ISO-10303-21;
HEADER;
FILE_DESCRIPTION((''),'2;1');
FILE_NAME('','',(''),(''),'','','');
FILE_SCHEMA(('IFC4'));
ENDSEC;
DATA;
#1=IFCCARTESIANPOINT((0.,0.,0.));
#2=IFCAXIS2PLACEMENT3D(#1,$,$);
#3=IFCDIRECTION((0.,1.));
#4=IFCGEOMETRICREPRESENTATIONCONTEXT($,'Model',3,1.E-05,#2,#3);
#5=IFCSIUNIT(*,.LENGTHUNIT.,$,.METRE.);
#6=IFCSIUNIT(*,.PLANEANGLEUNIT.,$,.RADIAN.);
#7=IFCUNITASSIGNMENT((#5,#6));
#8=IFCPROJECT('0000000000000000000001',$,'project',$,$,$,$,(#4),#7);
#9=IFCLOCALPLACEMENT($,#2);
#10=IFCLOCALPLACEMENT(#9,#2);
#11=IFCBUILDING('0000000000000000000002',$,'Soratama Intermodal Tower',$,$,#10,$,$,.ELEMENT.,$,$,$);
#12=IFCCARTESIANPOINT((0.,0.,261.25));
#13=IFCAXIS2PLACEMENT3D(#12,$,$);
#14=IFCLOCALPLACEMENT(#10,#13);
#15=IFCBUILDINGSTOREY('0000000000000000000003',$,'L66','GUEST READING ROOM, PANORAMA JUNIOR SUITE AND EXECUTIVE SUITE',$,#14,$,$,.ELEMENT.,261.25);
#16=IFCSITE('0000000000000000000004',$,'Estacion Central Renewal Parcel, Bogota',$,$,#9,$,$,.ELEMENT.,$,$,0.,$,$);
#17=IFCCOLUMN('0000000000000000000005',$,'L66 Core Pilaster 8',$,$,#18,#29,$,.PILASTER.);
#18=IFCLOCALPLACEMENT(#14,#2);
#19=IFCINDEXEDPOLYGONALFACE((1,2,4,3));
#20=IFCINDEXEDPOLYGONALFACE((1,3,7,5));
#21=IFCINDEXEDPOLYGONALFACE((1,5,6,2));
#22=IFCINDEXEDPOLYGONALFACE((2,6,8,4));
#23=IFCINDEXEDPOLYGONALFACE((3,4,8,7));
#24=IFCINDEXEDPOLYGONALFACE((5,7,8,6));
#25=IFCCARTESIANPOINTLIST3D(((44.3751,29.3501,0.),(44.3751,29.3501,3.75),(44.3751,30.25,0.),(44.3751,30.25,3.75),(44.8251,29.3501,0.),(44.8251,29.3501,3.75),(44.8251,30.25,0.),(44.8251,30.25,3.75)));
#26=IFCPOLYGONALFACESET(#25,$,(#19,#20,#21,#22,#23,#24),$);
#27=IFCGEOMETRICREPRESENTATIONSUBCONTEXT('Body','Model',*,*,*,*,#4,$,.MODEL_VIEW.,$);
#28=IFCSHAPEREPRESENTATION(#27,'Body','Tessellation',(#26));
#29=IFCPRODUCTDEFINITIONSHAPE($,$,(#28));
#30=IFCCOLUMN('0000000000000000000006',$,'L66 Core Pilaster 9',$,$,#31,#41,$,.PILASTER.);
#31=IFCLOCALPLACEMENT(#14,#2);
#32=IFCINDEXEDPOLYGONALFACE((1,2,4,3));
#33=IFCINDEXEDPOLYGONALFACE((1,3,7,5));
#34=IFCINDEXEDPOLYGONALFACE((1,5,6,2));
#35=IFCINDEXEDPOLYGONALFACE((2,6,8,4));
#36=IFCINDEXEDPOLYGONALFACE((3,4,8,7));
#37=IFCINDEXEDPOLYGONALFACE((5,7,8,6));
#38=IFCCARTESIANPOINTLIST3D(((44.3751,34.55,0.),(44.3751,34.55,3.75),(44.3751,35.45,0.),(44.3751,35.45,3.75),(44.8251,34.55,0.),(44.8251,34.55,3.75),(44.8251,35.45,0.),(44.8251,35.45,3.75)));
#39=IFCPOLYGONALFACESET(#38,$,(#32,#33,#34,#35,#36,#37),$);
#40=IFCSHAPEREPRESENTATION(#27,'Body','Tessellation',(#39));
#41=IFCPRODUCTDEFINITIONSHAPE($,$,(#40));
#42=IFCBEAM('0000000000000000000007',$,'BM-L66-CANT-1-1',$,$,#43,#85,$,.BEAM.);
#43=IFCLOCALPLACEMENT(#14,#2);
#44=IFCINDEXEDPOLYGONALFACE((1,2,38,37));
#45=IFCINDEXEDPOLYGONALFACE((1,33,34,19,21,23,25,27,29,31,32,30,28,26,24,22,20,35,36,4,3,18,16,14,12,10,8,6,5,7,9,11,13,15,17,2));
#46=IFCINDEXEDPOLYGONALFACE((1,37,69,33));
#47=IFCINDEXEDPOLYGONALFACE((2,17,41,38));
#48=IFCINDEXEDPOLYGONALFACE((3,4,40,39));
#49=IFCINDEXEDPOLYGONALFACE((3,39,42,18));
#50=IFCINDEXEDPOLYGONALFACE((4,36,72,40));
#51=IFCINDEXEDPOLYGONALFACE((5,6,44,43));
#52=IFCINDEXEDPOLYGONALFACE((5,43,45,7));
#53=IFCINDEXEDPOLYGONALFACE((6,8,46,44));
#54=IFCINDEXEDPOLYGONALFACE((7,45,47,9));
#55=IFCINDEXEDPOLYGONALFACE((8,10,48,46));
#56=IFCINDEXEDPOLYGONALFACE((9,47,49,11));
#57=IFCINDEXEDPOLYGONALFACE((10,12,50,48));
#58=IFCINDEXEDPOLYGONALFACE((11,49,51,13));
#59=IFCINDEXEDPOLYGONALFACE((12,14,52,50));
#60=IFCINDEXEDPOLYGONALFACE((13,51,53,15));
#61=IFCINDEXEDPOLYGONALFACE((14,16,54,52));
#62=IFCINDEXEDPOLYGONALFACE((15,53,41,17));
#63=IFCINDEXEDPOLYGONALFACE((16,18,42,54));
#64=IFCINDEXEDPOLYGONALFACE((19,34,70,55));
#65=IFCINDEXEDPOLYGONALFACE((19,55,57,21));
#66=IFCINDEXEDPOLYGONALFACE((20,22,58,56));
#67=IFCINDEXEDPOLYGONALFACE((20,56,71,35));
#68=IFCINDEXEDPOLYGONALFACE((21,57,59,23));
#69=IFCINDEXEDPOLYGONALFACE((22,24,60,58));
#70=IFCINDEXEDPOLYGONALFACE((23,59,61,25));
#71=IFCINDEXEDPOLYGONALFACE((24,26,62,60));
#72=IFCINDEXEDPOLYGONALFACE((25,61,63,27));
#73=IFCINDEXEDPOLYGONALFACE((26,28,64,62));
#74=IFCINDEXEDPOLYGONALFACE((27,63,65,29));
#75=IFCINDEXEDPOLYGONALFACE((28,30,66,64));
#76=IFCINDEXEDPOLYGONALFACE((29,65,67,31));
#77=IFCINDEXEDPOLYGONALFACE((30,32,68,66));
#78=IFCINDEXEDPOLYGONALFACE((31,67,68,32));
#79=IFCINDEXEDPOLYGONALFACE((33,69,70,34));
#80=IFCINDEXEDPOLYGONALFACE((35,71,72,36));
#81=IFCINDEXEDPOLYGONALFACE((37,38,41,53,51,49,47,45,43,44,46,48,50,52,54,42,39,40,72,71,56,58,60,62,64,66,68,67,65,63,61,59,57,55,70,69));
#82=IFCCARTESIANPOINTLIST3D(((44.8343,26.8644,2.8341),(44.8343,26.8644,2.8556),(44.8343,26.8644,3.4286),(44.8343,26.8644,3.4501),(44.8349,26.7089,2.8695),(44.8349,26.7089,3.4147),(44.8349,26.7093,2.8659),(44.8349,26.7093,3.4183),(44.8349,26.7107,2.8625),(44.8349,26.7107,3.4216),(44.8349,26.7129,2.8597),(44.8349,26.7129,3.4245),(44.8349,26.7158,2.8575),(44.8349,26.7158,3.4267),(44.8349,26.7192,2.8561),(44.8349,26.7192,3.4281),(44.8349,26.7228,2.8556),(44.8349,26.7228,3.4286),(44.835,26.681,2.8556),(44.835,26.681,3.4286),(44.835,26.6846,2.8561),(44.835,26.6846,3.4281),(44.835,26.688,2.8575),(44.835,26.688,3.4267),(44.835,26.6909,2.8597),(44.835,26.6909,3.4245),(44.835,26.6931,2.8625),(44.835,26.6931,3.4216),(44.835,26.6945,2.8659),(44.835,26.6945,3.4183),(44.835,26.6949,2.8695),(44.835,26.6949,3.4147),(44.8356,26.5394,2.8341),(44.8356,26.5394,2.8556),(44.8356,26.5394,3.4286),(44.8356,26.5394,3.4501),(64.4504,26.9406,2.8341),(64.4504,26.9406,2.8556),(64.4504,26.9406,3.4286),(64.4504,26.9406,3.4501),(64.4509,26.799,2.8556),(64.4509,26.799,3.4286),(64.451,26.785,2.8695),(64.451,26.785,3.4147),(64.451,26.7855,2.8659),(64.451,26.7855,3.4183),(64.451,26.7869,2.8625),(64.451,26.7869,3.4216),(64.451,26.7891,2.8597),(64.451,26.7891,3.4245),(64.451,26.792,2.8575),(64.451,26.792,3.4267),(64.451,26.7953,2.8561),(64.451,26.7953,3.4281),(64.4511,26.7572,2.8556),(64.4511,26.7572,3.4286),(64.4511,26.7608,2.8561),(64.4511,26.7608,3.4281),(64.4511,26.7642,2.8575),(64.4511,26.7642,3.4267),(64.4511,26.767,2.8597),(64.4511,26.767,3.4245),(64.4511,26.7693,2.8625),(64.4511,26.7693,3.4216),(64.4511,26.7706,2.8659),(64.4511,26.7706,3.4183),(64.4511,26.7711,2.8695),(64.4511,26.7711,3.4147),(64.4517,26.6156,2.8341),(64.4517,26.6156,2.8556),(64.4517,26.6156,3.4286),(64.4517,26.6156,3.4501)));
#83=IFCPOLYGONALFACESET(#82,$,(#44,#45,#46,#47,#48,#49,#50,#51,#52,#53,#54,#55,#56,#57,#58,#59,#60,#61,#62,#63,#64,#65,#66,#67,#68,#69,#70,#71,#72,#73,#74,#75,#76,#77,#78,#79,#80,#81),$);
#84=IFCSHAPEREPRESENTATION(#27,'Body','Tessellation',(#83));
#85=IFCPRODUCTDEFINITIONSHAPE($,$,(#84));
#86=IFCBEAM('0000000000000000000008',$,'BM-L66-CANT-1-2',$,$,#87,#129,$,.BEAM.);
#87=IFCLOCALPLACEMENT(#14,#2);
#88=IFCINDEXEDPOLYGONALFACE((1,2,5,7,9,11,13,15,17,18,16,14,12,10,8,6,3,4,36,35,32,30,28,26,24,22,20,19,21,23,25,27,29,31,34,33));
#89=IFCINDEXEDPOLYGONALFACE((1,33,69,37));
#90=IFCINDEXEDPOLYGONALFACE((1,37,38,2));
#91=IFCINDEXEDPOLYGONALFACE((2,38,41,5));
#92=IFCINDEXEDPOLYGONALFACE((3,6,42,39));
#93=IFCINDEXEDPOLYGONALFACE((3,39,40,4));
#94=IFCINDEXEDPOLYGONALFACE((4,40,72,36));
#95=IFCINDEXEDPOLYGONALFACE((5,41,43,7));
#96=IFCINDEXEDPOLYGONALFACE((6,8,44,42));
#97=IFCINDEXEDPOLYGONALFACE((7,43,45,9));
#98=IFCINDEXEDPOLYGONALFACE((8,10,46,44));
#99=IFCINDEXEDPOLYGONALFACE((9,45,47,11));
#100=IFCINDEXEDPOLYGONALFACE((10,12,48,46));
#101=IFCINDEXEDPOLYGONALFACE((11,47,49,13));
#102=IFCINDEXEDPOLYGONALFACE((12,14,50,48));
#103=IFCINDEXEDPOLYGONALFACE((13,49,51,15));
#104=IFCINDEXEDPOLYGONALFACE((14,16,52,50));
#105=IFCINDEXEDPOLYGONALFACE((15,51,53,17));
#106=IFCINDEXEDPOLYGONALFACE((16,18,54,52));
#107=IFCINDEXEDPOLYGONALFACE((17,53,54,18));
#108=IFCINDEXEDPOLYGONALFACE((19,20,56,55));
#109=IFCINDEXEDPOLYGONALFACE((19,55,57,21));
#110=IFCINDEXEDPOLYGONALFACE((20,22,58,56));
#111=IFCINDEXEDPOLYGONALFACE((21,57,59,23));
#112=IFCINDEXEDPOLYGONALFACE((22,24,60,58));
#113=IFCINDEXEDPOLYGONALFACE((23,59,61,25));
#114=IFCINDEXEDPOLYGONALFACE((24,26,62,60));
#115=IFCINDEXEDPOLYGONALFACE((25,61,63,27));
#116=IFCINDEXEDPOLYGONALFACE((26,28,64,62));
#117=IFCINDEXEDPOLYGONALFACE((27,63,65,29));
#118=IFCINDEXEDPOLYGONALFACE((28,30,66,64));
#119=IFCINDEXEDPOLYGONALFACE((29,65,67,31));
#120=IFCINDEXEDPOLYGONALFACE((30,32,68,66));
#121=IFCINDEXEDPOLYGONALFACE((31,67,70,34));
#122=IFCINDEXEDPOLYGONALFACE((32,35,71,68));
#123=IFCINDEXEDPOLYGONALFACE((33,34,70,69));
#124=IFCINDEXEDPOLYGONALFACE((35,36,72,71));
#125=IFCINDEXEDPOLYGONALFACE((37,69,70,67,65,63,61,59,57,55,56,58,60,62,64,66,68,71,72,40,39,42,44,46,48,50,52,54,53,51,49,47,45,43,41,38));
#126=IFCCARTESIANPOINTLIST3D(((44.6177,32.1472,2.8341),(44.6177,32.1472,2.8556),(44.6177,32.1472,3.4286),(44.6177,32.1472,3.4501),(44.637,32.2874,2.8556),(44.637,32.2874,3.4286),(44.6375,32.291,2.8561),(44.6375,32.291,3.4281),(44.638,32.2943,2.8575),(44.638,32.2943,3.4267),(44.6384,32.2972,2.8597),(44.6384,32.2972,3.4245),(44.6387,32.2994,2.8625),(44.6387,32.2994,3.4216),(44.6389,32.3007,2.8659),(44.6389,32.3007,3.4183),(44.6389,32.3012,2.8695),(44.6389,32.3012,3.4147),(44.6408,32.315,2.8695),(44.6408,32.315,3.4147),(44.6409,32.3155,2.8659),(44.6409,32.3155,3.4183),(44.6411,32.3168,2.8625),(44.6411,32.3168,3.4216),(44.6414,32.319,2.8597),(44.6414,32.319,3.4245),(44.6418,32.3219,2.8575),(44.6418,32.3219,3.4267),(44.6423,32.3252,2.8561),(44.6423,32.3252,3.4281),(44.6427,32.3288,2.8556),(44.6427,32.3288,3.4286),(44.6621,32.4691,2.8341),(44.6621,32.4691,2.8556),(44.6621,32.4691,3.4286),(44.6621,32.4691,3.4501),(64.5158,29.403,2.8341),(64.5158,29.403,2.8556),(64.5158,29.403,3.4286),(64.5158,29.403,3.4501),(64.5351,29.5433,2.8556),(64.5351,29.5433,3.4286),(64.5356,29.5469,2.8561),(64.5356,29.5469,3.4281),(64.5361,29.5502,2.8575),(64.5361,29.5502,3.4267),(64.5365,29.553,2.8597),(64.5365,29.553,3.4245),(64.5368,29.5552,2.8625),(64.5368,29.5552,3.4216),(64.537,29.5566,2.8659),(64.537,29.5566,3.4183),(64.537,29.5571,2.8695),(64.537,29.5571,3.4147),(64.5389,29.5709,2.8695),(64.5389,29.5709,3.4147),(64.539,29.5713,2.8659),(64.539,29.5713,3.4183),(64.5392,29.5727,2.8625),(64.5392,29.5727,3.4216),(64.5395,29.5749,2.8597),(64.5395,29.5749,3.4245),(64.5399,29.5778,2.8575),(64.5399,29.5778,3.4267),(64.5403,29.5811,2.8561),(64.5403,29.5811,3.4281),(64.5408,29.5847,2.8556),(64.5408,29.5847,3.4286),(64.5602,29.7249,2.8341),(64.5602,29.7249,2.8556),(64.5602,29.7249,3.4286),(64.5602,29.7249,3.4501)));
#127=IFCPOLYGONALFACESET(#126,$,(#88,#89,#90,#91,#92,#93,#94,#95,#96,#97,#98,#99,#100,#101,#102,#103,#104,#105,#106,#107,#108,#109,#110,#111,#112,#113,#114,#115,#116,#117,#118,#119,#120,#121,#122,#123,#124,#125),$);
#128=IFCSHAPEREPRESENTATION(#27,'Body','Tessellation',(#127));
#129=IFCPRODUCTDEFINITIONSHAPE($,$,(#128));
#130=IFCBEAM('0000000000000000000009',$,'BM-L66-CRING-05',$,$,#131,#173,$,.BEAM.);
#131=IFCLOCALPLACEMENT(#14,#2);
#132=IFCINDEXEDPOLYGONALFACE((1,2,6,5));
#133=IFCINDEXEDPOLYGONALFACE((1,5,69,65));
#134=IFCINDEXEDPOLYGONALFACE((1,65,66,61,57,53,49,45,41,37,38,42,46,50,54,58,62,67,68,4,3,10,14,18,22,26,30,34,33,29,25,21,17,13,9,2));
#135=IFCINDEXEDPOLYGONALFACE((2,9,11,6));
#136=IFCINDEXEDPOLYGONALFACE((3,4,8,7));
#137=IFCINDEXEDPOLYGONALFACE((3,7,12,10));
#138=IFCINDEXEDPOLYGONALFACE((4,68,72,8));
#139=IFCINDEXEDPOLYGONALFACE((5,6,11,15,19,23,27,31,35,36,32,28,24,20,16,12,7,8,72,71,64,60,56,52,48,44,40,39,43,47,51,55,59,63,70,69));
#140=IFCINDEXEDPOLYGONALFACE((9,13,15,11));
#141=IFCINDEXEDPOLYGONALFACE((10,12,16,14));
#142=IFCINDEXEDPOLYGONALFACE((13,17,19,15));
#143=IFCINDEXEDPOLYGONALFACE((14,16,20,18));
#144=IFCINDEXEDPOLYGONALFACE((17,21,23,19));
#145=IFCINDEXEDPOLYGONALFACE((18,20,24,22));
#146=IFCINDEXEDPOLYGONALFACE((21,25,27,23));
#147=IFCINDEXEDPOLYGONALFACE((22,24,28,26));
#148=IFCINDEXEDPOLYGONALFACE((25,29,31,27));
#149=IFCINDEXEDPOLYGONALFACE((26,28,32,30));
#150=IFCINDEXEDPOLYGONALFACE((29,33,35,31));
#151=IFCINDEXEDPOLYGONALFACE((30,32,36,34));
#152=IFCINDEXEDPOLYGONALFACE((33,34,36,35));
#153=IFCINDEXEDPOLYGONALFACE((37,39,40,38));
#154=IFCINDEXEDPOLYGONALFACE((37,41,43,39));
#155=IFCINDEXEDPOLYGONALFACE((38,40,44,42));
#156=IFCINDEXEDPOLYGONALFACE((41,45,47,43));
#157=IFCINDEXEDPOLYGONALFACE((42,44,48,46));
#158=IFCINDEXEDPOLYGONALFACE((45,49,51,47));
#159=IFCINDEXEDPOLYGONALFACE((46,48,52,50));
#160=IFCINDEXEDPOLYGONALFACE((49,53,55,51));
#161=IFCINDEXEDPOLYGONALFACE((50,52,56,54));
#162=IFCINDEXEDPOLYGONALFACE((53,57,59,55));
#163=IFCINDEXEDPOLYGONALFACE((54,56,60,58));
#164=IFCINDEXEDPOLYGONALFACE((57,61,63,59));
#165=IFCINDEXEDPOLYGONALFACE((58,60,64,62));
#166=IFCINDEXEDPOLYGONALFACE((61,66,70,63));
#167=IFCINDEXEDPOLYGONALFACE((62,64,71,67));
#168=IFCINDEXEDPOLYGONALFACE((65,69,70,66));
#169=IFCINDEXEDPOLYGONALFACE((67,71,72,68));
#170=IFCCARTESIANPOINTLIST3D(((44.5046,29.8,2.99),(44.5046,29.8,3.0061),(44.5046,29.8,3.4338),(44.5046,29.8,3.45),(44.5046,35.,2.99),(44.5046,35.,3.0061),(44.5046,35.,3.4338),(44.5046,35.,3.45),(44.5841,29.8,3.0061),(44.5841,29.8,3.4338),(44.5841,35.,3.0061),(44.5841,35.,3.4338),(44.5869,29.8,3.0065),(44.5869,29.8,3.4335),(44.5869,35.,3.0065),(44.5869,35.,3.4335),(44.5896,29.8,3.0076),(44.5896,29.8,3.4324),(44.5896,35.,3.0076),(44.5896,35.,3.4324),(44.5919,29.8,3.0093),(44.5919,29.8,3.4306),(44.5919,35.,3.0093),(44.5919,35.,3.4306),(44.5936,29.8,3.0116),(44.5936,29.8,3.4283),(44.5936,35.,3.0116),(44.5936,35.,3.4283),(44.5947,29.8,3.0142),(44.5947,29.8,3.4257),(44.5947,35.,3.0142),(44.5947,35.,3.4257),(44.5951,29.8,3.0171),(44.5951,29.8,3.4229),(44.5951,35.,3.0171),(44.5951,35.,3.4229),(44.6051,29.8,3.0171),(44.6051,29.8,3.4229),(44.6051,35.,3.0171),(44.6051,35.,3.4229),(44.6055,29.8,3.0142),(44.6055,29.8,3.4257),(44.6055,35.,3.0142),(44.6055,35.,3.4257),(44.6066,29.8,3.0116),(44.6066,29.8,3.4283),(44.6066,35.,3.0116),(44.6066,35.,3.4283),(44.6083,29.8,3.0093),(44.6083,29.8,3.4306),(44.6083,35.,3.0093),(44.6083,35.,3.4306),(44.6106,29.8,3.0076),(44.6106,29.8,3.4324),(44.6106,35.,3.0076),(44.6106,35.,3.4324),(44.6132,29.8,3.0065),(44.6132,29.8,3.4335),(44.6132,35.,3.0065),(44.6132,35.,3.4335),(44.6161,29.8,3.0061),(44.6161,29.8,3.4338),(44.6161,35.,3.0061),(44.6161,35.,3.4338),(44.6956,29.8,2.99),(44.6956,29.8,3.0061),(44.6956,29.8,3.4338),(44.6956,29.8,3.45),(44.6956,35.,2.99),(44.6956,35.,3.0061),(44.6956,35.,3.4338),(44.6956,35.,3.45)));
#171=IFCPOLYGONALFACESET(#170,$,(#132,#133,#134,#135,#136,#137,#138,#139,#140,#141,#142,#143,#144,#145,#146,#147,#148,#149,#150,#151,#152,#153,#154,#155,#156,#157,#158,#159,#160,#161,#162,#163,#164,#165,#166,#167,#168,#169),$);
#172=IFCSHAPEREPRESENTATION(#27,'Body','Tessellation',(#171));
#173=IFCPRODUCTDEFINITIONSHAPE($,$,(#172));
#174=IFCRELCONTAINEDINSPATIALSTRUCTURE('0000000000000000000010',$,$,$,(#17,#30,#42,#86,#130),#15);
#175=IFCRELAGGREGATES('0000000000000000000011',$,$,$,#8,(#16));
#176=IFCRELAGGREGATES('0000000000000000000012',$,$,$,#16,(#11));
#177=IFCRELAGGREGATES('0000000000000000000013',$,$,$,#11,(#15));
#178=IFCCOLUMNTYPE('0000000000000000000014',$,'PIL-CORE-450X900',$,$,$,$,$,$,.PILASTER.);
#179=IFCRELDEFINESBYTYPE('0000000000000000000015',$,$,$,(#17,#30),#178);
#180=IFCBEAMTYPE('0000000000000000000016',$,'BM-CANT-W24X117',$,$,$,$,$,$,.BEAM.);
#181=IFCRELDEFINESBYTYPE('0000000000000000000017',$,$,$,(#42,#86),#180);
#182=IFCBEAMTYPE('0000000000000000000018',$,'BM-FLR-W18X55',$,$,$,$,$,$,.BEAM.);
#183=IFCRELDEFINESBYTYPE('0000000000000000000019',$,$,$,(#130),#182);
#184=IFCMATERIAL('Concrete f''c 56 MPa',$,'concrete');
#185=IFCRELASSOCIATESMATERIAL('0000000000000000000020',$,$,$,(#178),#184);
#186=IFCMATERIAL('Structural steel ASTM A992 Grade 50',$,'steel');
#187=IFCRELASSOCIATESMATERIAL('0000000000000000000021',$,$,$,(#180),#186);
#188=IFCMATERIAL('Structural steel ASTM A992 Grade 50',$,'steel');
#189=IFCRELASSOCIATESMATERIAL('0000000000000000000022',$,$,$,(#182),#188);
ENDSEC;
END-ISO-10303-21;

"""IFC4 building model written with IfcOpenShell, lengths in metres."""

from ifc_helpers import new_model, si_unit, direction, frame, origin, origin_2d, place, context, subcontext, project, spatial, rectangle, i_section, extrude, material, material_profile, profile_set, type_object, element, save


model = new_model("IFC4")

# Units and contexts
model_context = context("Model", 3, precision=1e-05, world=origin(), true_north=direction((0.0, 1.0)))
body_context = subcontext(model_context, "Body", "Model", "MODEL_VIEW")
ifc_project = project(units=[si_unit("LENGTHUNIT", "METRE"), si_unit("PLANEANGLEUNIT", "RADIAN")], contexts=[model_context])

# Site, building, storey
site_placement = place(None, origin())
site = spatial("IfcSite", under=ifc_project, at=site_placement, Name="Estacion Central Renewal Parcel, Bogota", CompositionType="ELEMENT", RefElevation=0.0)
building_placement = place(site_placement, origin())
building = spatial("IfcBuilding", under=site, at=building_placement, Name="Soratama Intermodal Tower", CompositionType="ELEMENT")
storey_placement = place(building_placement, frame((0.0, 0.0, 261.25)))
storey = spatial("IfcBuildingStorey", under=building, at=storey_placement, Name="L66", Description="GUEST READING ROOM, PANORAMA JUNIOR SUITE AND EXECUTIVE SUITE", CompositionType="ELEMENT", Elevation=261.25)

# Columns
ifc_material_1 = material(Name="Concrete f'c 56 MPa", Category="concrete")
ifc_material_profile_1 = material_profile(ifc_material_1, rectangle(XDim=0.45, YDim=0.8999, at=origin_2d()), Name="RC450X900")
ifc_profile_set_1 = profile_set([ifc_material_profile_1], Name="Concrete f'c 56 MPa")
column_type = type_object("IfcColumnType", Name="PIL-CORE-450X900", PredefinedType="PILASTER", material=ifc_profile_set_1)
for number, where, z_axis, x_axis, name in (
    (1, (44.6001, 29.8, 0.0), (0.0, 0.0, 1.0), (1.0, 0.0, 0.0), "L66 Core Pilaster 8"),
    (2, (44.6001, 35.0, 0.0), (0.0, 0.0, 1.0), (1.0, 0.0, 0.0), "L66 Core Pilaster 9"),
):
    element("IfcColumn", number, at=place(storey_placement, frame(where, z_axis=z_axis, x_axis=x_axis)), inside=storey, type_object=column_type, Name=name, PredefinedType="PILASTER", context=body_context, shape_type="SweptSolid", body=[
        extrude(rectangle(XDim=0.45, YDim=0.8999, at=origin_2d()), origin(), (0.0, 0.0, 1.0), 3.75),
    ])

# Beams
ifc_material_2 = material(Name="Structural steel ASTM A992 Grade 50", Category="steel")
ifc_material_profile_2 = material_profile(ifc_material_2, i_section(OverallWidth=0.325, OverallDepth=0.616, WebThickness=0.0139, FlangeThickness=0.0215, FilletRadius=0.0139, at=origin_2d()), Name="W24X117")
ifc_profile_set_2 = profile_set([ifc_material_profile_2], Name="Structural steel ASTM A992 Grade 50")
beam_type_1 = type_object("IfcBeamType", Name="BM-CANT-W24X117", PredefinedType="BEAM", material=ifc_profile_set_2)
beam_1_placement = place(storey_placement, frame((44.835, 26.7019, 3.1421), z_axis=(0.999992, 0.003883, 0.0), x_axis=(-0.003883, 0.999992, 0.0)))
element("IfcBeam", 3, at=beam_1_placement, inside=storey, type_object=beam_type_1, Name="BM-L66-CANT-1-1", PredefinedType="BEAM", context=body_context, shape_type="SweptSolid", body=[
    extrude(i_section(OverallWidth=0.325, OverallDepth=0.616, WebThickness=0.0139, FlangeThickness=0.0215, FilletRadius=0.0139, at=origin_2d()), origin(), (0.0, 0.0, 1.0), 19.6162),
])
beam_2_placement = place(storey_placement, frame((44.6399, 32.3081, 3.1421), z_axis=(0.990624, -0.136616, 0.0), x_axis=(0.136616, 0.990624, 0.0)))
element("IfcBeam", 4, at=beam_2_placement, inside=storey, type_object=beam_type_1, Name="BM-L66-CANT-1-2", PredefinedType="BEAM", context=body_context, shape_type="SweptSolid", body=[
    extrude(i_section(OverallWidth=0.325, OverallDepth=0.616, WebThickness=0.0139, FlangeThickness=0.0215, FilletRadius=0.0139, at=origin_2d()), origin(), (0.0, 0.0, 1.0), 20.0864),
])
ifc_material_3 = material(Name="Structural steel ASTM A992 Grade 50", Category="steel")
ifc_material_profile_3 = material_profile(ifc_material_3, i_section(OverallWidth=0.1909, OverallDepth=0.46, WebThickness=0.01, FlangeThickness=0.0161, FilletRadius=0.011, at=origin_2d()), Name="W18X55")
ifc_profile_set_3 = profile_set([ifc_material_profile_3], Name="Structural steel ASTM A992 Grade 50")
beam_type_2 = type_object("IfcBeamType", Name="BM-FLR-W18X55", PredefinedType="BEAM", material=ifc_profile_set_3)
beam_3_placement = place(storey_placement, frame((44.6001, 29.8, 3.22), z_axis=(0.0, 1.0, 0.0), x_axis=(-1.0, 0.0, 0.0)))
element("IfcBeam", 5, at=beam_3_placement, inside=storey, type_object=beam_type_2, Name="BM-L66-CRING-05", PredefinedType="BEAM", context=body_context, shape_type="SweptSolid", body=[
    extrude(i_section(OverallWidth=0.1909, OverallDepth=0.46, WebThickness=0.01, FlangeThickness=0.0161, FilletRadius=0.011, at=origin_2d()), origin(), (0.0, 0.0, 1.0), 5.2),
])

save(model, "model.ifc")
